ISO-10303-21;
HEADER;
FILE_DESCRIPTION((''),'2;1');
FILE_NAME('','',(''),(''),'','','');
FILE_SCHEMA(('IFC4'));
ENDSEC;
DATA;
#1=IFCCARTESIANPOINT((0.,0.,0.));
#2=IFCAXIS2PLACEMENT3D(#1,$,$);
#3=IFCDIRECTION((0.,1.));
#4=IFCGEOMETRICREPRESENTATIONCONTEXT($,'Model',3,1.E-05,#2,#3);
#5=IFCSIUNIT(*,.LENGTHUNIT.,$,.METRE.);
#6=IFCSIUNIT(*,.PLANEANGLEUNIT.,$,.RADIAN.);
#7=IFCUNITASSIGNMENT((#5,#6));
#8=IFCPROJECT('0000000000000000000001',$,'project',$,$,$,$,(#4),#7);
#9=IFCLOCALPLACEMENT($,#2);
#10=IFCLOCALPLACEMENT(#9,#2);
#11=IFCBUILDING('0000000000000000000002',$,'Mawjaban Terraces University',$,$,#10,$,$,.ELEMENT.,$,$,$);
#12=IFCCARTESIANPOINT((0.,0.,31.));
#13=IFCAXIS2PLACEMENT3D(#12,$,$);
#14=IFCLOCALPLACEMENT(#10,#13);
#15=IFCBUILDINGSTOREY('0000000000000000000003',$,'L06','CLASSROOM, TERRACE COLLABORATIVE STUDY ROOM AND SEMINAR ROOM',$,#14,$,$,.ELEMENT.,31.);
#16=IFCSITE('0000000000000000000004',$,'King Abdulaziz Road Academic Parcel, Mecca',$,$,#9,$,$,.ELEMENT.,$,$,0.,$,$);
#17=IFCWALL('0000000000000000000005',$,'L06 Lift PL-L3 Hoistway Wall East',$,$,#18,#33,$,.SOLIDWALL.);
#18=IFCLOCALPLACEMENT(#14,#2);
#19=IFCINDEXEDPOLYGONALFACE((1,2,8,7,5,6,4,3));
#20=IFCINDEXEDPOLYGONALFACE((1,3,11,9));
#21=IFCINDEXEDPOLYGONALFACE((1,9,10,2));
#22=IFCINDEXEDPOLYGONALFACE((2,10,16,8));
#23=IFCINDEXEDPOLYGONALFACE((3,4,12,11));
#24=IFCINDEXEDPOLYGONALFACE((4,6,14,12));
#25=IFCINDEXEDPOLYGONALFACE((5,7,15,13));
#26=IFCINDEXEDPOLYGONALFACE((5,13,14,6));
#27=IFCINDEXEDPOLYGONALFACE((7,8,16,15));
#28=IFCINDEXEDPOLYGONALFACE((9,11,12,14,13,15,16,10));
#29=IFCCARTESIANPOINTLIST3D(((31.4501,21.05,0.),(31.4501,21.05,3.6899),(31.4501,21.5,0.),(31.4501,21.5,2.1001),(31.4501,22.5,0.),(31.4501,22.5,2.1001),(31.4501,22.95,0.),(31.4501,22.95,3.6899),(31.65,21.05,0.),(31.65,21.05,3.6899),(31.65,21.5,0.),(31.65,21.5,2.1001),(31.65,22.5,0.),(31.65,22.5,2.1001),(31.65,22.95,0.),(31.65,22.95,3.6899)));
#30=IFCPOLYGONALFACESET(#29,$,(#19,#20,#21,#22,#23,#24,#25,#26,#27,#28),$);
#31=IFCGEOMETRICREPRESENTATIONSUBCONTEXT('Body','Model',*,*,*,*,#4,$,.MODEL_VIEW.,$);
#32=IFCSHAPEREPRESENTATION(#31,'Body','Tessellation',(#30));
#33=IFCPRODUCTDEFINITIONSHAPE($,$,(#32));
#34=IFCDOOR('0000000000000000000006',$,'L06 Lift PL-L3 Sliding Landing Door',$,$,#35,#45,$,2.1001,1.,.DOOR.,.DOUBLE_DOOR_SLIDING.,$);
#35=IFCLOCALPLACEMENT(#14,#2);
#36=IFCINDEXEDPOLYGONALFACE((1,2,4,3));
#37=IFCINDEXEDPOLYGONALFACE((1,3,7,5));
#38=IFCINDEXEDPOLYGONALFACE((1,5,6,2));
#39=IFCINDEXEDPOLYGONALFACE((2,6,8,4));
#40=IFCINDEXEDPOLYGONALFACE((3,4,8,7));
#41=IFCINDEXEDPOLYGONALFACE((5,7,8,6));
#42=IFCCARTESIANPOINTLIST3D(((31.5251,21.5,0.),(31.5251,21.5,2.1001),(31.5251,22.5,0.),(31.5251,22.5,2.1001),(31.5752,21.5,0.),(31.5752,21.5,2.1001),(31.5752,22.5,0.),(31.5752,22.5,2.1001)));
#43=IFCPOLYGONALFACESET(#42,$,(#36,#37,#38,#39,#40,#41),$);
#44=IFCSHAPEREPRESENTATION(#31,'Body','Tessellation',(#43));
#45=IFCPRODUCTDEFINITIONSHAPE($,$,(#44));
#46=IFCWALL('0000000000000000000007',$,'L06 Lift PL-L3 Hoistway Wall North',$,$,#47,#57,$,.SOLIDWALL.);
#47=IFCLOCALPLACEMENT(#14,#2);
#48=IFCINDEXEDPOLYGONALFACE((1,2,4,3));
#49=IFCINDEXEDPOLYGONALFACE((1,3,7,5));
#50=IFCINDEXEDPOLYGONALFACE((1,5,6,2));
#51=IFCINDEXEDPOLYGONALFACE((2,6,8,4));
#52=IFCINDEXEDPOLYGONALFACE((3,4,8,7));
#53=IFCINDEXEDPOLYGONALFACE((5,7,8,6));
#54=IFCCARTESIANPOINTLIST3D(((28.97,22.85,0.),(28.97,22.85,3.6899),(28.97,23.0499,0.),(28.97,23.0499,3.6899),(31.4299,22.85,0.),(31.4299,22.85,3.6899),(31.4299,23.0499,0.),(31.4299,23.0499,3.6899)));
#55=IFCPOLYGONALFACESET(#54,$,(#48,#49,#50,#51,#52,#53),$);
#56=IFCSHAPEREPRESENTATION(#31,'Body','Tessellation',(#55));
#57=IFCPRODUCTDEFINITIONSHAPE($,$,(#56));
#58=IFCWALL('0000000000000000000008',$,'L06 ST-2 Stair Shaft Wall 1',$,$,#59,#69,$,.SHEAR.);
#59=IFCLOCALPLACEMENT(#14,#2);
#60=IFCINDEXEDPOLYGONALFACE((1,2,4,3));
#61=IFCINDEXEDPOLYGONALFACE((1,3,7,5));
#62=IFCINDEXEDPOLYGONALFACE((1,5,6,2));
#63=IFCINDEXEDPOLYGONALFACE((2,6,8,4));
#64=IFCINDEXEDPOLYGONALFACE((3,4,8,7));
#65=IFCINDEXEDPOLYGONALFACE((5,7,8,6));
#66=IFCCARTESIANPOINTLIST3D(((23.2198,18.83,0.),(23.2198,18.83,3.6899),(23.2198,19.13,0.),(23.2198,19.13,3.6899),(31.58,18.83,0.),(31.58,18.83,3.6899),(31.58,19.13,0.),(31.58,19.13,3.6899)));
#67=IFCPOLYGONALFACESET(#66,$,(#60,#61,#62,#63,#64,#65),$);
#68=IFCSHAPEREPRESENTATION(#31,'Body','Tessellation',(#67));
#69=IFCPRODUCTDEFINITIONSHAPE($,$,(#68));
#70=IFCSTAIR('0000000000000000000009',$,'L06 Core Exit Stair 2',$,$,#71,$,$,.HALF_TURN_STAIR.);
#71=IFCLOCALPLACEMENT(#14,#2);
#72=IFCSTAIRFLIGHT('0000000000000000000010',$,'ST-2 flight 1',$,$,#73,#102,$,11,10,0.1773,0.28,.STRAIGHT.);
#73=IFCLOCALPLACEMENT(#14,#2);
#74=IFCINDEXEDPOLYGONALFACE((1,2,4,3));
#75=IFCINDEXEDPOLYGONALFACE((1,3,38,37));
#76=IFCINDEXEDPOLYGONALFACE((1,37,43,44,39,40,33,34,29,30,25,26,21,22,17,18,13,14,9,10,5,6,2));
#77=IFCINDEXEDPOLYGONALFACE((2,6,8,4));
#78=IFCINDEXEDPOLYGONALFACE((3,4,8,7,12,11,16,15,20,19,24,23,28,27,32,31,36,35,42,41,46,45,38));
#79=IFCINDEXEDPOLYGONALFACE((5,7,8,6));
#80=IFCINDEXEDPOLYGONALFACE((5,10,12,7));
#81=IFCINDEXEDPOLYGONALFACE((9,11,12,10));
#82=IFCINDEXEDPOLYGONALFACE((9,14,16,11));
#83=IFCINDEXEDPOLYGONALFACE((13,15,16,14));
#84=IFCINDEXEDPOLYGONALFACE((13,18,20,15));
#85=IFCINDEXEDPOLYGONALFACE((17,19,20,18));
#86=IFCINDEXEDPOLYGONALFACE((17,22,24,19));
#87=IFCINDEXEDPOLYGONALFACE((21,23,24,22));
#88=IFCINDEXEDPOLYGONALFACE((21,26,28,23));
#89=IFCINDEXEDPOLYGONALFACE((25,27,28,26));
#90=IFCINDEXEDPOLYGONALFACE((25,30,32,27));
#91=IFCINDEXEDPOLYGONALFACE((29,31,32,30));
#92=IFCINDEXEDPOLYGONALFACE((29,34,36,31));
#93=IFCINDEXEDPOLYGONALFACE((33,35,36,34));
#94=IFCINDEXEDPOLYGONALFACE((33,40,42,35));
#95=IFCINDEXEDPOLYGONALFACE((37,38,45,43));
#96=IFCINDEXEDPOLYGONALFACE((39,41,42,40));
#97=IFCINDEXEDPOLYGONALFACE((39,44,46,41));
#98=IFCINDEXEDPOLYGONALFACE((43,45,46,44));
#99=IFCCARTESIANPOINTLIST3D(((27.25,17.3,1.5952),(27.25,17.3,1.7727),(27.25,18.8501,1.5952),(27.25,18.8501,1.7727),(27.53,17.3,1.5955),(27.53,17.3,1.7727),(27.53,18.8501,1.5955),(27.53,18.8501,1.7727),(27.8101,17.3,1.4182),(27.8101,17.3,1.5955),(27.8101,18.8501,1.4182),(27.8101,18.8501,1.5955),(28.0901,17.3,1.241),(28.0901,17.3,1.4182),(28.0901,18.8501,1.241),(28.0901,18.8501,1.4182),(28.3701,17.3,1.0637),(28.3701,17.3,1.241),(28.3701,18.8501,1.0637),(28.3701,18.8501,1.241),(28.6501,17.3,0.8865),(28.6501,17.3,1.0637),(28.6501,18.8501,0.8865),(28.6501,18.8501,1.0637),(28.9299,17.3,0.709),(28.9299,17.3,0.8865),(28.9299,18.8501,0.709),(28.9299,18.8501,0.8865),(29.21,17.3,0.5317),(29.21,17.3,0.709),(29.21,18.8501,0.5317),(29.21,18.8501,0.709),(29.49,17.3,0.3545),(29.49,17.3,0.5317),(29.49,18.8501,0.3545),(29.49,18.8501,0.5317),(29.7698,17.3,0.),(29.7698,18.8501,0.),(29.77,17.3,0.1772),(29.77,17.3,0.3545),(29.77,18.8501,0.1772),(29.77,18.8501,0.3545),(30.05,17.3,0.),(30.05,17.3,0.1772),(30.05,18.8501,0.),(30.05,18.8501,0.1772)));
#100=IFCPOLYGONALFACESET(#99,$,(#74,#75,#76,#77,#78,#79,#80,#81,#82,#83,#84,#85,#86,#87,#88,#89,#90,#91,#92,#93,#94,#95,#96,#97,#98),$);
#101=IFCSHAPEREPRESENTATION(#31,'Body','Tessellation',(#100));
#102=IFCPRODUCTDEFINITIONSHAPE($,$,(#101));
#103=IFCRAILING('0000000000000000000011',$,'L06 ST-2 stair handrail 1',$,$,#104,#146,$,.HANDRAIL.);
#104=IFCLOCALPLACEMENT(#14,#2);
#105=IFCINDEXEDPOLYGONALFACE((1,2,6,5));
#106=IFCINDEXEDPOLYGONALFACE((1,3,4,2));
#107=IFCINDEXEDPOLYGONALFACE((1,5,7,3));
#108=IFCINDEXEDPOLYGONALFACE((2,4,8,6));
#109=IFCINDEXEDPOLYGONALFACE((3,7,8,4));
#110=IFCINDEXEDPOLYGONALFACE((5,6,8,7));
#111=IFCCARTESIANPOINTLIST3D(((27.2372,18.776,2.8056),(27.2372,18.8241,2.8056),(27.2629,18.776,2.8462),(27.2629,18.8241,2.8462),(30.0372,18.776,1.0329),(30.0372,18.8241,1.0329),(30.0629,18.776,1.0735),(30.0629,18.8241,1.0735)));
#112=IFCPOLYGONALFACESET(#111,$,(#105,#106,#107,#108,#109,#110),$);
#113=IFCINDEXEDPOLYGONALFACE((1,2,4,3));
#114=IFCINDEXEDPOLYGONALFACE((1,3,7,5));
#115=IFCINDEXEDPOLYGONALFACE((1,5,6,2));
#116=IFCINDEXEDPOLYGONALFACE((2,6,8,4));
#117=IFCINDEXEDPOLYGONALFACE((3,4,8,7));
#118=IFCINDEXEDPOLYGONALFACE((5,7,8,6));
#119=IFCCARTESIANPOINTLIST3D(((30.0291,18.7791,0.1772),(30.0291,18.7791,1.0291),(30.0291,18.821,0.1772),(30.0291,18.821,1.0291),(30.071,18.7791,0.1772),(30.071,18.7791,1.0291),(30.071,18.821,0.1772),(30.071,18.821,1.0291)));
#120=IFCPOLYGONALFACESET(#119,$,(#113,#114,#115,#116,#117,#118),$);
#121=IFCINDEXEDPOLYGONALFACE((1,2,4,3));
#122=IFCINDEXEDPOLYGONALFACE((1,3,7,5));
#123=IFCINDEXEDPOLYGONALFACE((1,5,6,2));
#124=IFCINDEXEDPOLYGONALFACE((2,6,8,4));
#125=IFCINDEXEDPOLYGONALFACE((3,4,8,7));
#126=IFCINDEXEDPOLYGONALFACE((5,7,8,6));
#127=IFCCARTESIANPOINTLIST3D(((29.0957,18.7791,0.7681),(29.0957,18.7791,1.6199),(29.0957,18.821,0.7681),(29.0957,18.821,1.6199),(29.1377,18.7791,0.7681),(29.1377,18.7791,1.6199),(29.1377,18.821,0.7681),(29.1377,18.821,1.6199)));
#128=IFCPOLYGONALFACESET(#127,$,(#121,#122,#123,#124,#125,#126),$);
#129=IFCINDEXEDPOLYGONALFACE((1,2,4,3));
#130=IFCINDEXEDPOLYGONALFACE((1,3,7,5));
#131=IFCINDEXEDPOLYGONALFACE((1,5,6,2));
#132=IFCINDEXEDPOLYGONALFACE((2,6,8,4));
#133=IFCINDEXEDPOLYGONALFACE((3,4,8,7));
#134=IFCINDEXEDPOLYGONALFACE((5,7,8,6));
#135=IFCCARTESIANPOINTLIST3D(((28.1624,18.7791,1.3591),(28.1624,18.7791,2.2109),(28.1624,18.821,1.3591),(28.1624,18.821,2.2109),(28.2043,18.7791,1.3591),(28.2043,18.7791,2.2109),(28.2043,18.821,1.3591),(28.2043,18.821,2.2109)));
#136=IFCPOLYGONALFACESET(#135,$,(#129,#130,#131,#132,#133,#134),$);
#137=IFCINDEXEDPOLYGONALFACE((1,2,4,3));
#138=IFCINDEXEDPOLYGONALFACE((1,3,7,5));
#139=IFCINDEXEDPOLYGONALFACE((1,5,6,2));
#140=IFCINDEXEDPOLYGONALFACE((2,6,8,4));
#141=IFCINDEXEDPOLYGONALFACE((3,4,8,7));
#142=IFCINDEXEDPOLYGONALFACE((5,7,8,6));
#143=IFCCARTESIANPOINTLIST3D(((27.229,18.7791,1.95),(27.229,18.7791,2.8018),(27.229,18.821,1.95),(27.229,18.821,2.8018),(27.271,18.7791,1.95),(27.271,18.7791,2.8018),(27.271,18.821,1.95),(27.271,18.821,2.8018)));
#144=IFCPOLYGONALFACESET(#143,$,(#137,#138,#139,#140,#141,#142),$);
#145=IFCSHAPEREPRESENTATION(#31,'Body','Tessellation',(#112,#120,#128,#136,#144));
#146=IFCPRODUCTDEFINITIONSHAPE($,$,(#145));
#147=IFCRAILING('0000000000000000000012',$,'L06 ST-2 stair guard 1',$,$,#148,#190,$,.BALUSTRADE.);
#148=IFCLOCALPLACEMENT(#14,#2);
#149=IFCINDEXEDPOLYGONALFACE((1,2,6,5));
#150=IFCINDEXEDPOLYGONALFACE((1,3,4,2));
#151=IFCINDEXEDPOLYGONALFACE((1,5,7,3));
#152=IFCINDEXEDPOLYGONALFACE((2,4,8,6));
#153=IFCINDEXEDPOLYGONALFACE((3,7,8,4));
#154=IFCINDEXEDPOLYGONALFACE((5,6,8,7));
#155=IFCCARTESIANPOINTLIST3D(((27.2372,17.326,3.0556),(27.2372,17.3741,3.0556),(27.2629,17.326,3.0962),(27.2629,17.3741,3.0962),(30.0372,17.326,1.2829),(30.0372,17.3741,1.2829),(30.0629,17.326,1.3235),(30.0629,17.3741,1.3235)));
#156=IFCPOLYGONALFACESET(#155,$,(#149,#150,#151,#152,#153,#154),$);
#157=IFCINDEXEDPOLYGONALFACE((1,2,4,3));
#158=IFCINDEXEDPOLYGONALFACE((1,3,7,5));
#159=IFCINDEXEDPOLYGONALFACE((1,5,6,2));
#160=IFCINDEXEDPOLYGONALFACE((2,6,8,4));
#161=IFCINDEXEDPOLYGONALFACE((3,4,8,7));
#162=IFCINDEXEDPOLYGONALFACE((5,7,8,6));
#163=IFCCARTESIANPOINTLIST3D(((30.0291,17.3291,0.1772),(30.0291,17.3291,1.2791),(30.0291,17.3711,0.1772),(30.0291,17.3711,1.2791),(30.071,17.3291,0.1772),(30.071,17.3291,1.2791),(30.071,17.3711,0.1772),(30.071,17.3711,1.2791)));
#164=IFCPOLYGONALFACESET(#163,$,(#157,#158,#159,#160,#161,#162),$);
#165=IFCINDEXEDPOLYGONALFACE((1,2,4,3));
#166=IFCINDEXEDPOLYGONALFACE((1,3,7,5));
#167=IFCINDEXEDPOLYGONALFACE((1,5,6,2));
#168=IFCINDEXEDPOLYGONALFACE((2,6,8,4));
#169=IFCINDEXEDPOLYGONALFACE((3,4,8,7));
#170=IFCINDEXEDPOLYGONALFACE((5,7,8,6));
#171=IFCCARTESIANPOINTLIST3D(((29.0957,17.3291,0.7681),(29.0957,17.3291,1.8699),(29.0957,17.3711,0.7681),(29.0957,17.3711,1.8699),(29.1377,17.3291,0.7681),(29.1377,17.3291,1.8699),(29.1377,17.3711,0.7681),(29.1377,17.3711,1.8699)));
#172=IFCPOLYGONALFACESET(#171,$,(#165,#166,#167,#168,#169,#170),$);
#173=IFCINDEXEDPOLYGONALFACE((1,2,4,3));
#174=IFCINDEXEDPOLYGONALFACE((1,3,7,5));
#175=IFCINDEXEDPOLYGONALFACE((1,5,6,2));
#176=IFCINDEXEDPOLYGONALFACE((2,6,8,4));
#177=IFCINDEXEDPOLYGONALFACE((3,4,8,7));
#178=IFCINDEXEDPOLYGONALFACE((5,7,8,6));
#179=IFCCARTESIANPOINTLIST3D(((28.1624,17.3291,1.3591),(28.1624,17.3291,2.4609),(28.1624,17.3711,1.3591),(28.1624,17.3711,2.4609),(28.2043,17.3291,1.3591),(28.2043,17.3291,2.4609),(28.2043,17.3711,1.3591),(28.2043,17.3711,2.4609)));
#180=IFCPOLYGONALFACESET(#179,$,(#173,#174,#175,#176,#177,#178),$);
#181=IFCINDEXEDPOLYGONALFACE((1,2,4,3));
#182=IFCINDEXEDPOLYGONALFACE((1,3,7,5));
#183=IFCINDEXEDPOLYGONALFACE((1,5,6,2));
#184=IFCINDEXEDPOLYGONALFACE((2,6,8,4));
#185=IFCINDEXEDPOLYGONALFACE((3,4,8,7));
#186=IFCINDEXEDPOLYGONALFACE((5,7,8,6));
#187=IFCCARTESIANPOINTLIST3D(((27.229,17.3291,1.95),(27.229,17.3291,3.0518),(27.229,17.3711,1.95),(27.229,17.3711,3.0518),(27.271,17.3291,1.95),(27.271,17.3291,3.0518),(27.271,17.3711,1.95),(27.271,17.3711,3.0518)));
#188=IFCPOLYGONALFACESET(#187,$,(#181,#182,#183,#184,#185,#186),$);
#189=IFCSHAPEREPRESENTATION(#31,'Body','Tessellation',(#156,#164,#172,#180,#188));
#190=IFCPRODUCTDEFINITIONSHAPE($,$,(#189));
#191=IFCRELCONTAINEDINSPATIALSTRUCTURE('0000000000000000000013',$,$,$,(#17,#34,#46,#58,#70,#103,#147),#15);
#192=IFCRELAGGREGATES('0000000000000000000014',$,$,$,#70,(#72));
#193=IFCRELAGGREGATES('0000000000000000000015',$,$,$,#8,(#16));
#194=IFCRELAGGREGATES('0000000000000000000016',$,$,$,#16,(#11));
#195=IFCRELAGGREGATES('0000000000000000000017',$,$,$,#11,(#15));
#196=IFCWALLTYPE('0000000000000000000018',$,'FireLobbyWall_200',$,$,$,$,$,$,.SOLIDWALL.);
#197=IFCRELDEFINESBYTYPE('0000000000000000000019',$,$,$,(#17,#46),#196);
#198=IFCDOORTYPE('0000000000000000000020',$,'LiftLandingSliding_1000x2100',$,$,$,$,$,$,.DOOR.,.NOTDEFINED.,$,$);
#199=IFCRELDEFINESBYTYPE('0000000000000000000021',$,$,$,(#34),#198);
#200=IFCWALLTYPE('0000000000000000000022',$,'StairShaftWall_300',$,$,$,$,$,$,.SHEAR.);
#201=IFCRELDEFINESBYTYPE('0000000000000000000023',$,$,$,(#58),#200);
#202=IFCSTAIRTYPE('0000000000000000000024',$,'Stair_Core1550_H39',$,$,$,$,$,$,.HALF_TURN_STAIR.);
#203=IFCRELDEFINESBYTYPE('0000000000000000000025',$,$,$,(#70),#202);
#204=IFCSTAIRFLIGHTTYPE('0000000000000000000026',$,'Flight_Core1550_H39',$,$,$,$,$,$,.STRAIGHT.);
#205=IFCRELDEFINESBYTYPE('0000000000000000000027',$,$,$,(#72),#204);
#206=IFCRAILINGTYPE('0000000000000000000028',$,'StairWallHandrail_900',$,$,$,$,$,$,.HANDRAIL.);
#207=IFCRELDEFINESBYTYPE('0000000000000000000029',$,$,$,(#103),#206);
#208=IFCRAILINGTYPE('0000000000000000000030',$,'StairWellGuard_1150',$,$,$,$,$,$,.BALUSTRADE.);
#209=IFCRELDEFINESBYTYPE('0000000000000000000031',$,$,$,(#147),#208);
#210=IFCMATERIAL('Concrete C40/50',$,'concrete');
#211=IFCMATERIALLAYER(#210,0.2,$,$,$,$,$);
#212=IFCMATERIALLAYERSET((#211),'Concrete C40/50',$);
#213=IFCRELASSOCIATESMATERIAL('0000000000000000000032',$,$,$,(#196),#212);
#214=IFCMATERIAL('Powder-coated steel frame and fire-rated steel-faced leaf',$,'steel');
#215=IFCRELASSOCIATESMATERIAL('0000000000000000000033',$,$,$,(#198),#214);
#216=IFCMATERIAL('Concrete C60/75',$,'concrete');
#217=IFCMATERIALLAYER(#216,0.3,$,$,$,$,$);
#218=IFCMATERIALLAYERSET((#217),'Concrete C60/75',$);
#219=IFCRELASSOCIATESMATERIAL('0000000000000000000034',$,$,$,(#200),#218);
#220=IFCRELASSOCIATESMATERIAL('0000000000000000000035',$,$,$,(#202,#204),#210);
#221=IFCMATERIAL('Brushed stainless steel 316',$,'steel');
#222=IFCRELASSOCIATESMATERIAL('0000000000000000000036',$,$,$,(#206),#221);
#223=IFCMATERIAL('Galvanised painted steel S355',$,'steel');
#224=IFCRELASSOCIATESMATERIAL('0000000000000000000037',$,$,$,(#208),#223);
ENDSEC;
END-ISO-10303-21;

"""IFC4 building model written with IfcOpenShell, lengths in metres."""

from ifc_helpers import new_model, si_unit, direction, frame, frame_2d, origin, origin_2d, place, context, subcontext, project, spatial, polyline, rectangle, outline, extrude, material, layer, layer_set, type_object, element, fill, aggregate, save


model = new_model("IFC4")

# Units and contexts
model_context = context("Model", 3, precision=1e-05, world=origin(), true_north=direction((0.0, 1.0)))
body_context = subcontext(model_context, "Body", "Model", "MODEL_VIEW")
ifc_project = project(units=[si_unit("LENGTHUNIT", "METRE"), si_unit("PLANEANGLEUNIT", "RADIAN")], contexts=[model_context])

# Site, building, storey
site_placement = place(None, origin())
site = spatial("IfcSite", under=ifc_project, at=site_placement, Name="King Abdulaziz Road Academic Parcel, Mecca", CompositionType="ELEMENT", RefElevation=0.0)
building_placement = place(site_placement, origin())
building = spatial("IfcBuilding", under=site, at=building_placement, Name="Mawjaban Terraces University", CompositionType="ELEMENT")
storey_placement = place(building_placement, frame((0.0, 0.0, 31.0)))
storey = spatial("IfcBuildingStorey", under=building, at=storey_placement, Name="L06", Description="CLASSROOM, TERRACE COLLABORATIVE STUDY ROOM AND SEMINAR ROOM", CompositionType="ELEMENT", Elevation=31.0)

# Shared definitions
ifc_material_1 = material(Name="Concrete C40/50", Category="concrete")
ifc_layer_1 = layer(ifc_material_1, 0.2)
ifc_layer_set_1 = layer_set([ifc_layer_1], Name="Concrete C40/50")
wall_type_1 = type_object("IfcWallType", Name="FireLobbyWall_200", PredefinedType="SOLIDWALL", material=ifc_layer_set_1)

# Shared definitions
ifc_material_2 = material(Name="Powder-coated steel frame and fire-rated steel-faced leaf", Category="steel")
door_type_1 = type_object("IfcDoorType", Name="LiftLandingSliding_1000x2100", OperationType="NOTDEFINED", PredefinedType="DOOR", material=ifc_material_2)

# Wall, opening, door
wall_1_placement = place(storey_placement, frame((31.55, 21.05, 0.0), z_axis=(0.0, 0.0, 1.0), x_axis=(0.0, 1.0, 0.0)))
wall_1 = element("IfcWall", 1, at=wall_1_placement, inside=storey, type_object=wall_type_1, Name="L06 Lift PL-L3 Hoistway Wall East", PredefinedType="SOLIDWALL", context=body_context, shape_type="SweptSolid", body=[
    extrude(rectangle(XDim=1.8999, YDim=0.2, at=frame_2d((0.95, 0.0))), origin(), (0.0, 0.0, 1.0), 3.6899),
])
opening_1_placement = place(wall_1_placement, frame((0.45, 0.0, 0.0)))
opening_1 = element("IfcOpeningElement", 2, at=opening_1_placement, cuts=wall_1, PredefinedType="OPENING", context=body_context, shape_type="SweptSolid", body=[
    extrude(rectangle(XDim=1.0, YDim=2.1001, at=frame_2d((0.5, 1.05))), frame((0.0, 0.1099, 0.0), z_axis=(0.0, -1.0, 0.0), x_axis=(1.0, 0.0, 0.0)), (0.0, 0.0, 1.0), 0.22),
])
door_1_placement = place(opening_1_placement, origin())
door_1 = element("IfcDoor", 3, at=door_1_placement, inside=storey, type_object=door_type_1, Name="L06 Lift PL-L3 Sliding Landing Door", OperationType="DOUBLE_DOOR_SLIDING", OverallHeight=2.1001, OverallWidth=1.0, PredefinedType="DOOR", context=body_context, shape_type="SweptSolid", body=[
    extrude(rectangle(XDim=1.0, YDim=2.1001, at=frame_2d((0.5, 1.05))), frame((0.0, 0.0249, 0.0), z_axis=(0.0, -1.0, 0.0), x_axis=(1.0, 0.0, 0.0)), (0.0, 0.0, 1.0), 0.05),
])
fill(opening_1, door_1)

# Walls
wall_2_placement = place(storey_placement, frame((31.4299, 22.95, 0.0), z_axis=(0.0, 0.0, 1.0), x_axis=(-1.0, 0.0, 0.0)))
element("IfcWall", 4, at=wall_2_placement, inside=storey, type_object=wall_type_1, Name="L06 Lift PL-L3 Hoistway Wall North", PredefinedType="SOLIDWALL", context=body_context, shape_type="SweptSolid", body=[
    extrude(rectangle(XDim=2.46, YDim=0.2, at=frame_2d((1.23, 0.0))), origin(), (0.0, 0.0, 1.0), 3.6899),
])
ifc_material_3 = material(Name="Concrete C60/75", Category="concrete")
ifc_layer_2 = layer(ifc_material_3, 0.3)
ifc_layer_set_2 = layer_set([ifc_layer_2], Name="Concrete C60/75")
wall_type_2 = type_object("IfcWallType", Name="StairShaftWall_300", PredefinedType="SHEAR", material=ifc_layer_set_2)
wall_3_placement = place(storey_placement, frame((31.5801, 18.98, 0.0), z_axis=(0.0, 0.0, 1.0), x_axis=(-1.0, 0.0, 0.0)))
element("IfcWall", 5, at=wall_3_placement, inside=storey, type_object=wall_type_2, Name="L06 ST-2 Stair Shaft Wall 1", PredefinedType="SHEAR", context=body_context, shape_type="SweptSolid", body=[
    extrude(rectangle(XDim=8.3601, YDim=0.3, at=frame_2d((4.1802, 0.0))), origin(), (0.0, 0.0, 1.0), 3.6899),
])

# Stair, stair flight
stair_type = type_object("IfcStairType", Name="Stair_Core1550_H39", PredefinedType="HALF_TURN_STAIR", material=ifc_material_1)
stair_placement = place(storey_placement, origin())
stair = element("IfcStair", 6, at=stair_placement, inside=storey, type_object=stair_type, Name="L06 Core Exit Stair 2", PredefinedType="HALF_TURN_STAIR")
stair_flight_type = type_object("IfcStairFlightType", Name="Flight_Core1550_H39", PredefinedType="STRAIGHT", material=ifc_material_1)
stair_flight_placement = place(storey_placement, frame((30.05, 18.075, 0.0), z_axis=(0.0, 0.0, 1.0), x_axis=(-1.0, 0.0, 0.0)))
stair_flight = element("IfcStairFlight", 7, at=stair_flight_placement, type_object=stair_flight_type, Name="ST-2 flight 1", NumberOfRisers=11, NumberOfTreads=10, PredefinedType="STRAIGHT", RiserHeight=0.1773, TreadLength=0.28, context=body_context, shape_type="SweptSolid", body=[
    extrude(outline(polyline([(0.0, 0.0), (0.0, 0.1772), (0.28, 0.1772), (0.28, 0.3545), (0.5601, 0.3545), (0.5601, 0.5317), (0.8401, 0.5317), (0.8401, 0.709), (1.1201, 0.709), (1.1201, 0.8865), (1.3999, 0.8865), (1.3999, 1.0637), (1.6799, 1.0637), (1.6799, 1.241), (1.96, 1.241), (1.96, 1.4182), (2.24, 1.4182), (2.24, 1.5955), (2.52, 1.5955), (2.52, 1.7727), (2.8, 1.7727), (2.8, 1.95), (2.8, 1.5952), (0.2803, 0.0), (0.0, 0.0)])), frame((0.0, 0.7749, 0.0), z_axis=(0.0, -1.0, 0.0), x_axis=(1.0, 0.0, 0.0)), (0.0, 0.0, 1.0), 1.55),
])
aggregate(stair, [stair_flight])

# Railings
ifc_material_4 = material(Name="Brushed stainless steel 316", Category="steel")
railing_type_1 = type_object("IfcRailingType", Name="StairWallHandrail_900", PredefinedType="HANDRAIL", material=ifc_material_4)
railing_1_placement = place(storey_placement, frame((30.05, 18.8, 0.1772)))
element("IfcRailing", 8, at=railing_1_placement, inside=storey, type_object=railing_type_1, Name="L06 ST-2 stair handrail 1", PredefinedType="HANDRAIL", context=body_context, shape_type="SweptSolid", body=[
    extrude(rectangle(XDim=0.0481, YDim=0.0481, at=origin_2d()), frame((0.0, 0.0, 0.876), z_axis=(-0.844909, 0.0, 0.53491), x_axis=(0.0, -1.0, 0.0)), (0.0, 0.0, 1.0), 3.314),
    extrude(rectangle(XDim=0.042, YDim=0.042, at=origin_2d()), origin(), (0.0, 0.0, 1.0), 0.8518),
    extrude(rectangle(XDim=0.042, YDim=0.042, at=origin_2d()), frame((-0.9333, 0.0, 0.5908)), (0.0, 0.0, 1.0), 0.8518),
    extrude(rectangle(XDim=0.042, YDim=0.042, at=origin_2d()), frame((-1.8667, 0.0, 1.1819)), (0.0, 0.0, 1.0), 0.8518),
    extrude(rectangle(XDim=0.042, YDim=0.042, at=origin_2d()), frame((-2.8, 0.0, 1.7727)), (0.0, 0.0, 1.0), 0.8518),
])
ifc_material_5 = material(Name="Galvanised painted steel S355", Category="steel")
railing_type_2 = type_object("IfcRailingType", Name="StairWellGuard_1150", PredefinedType="BALUSTRADE", material=ifc_material_5)
railing_2_placement = place(storey_placement, frame((30.05, 17.3501, 0.1772)))
element("IfcRailing", 9, at=railing_2_placement, inside=storey, type_object=railing_type_2, Name="L06 ST-2 stair guard 1", PredefinedType="BALUSTRADE", context=body_context, shape_type="SweptSolid", body=[
    extrude(rectangle(XDim=0.0481, YDim=0.0481, at=origin_2d()), frame((0.0, 0.0, 1.126), z_axis=(-0.844909, 0.0, 0.53491), x_axis=(0.0, -1.0, 0.0)), (0.0, 0.0, 1.0), 3.314),
    extrude(rectangle(XDim=0.042, YDim=0.042, at=origin_2d()), origin(), (0.0, 0.0, 1.0), 1.1018),
    extrude(rectangle(XDim=0.042, YDim=0.042, at=origin_2d()), frame((-0.9333, 0.0, 0.5908)), (0.0, 0.0, 1.0), 1.1018),
    extrude(rectangle(XDim=0.042, YDim=0.042, at=origin_2d()), frame((-1.8667, 0.0, 1.1819)), (0.0, 0.0, 1.0), 1.1018),
    extrude(rectangle(XDim=0.042, YDim=0.042, at=origin_2d()), frame((-2.8, 0.0, 1.7727)), (0.0, 0.0, 1.0), 1.1018),
])

save(model, "model.ifc")
